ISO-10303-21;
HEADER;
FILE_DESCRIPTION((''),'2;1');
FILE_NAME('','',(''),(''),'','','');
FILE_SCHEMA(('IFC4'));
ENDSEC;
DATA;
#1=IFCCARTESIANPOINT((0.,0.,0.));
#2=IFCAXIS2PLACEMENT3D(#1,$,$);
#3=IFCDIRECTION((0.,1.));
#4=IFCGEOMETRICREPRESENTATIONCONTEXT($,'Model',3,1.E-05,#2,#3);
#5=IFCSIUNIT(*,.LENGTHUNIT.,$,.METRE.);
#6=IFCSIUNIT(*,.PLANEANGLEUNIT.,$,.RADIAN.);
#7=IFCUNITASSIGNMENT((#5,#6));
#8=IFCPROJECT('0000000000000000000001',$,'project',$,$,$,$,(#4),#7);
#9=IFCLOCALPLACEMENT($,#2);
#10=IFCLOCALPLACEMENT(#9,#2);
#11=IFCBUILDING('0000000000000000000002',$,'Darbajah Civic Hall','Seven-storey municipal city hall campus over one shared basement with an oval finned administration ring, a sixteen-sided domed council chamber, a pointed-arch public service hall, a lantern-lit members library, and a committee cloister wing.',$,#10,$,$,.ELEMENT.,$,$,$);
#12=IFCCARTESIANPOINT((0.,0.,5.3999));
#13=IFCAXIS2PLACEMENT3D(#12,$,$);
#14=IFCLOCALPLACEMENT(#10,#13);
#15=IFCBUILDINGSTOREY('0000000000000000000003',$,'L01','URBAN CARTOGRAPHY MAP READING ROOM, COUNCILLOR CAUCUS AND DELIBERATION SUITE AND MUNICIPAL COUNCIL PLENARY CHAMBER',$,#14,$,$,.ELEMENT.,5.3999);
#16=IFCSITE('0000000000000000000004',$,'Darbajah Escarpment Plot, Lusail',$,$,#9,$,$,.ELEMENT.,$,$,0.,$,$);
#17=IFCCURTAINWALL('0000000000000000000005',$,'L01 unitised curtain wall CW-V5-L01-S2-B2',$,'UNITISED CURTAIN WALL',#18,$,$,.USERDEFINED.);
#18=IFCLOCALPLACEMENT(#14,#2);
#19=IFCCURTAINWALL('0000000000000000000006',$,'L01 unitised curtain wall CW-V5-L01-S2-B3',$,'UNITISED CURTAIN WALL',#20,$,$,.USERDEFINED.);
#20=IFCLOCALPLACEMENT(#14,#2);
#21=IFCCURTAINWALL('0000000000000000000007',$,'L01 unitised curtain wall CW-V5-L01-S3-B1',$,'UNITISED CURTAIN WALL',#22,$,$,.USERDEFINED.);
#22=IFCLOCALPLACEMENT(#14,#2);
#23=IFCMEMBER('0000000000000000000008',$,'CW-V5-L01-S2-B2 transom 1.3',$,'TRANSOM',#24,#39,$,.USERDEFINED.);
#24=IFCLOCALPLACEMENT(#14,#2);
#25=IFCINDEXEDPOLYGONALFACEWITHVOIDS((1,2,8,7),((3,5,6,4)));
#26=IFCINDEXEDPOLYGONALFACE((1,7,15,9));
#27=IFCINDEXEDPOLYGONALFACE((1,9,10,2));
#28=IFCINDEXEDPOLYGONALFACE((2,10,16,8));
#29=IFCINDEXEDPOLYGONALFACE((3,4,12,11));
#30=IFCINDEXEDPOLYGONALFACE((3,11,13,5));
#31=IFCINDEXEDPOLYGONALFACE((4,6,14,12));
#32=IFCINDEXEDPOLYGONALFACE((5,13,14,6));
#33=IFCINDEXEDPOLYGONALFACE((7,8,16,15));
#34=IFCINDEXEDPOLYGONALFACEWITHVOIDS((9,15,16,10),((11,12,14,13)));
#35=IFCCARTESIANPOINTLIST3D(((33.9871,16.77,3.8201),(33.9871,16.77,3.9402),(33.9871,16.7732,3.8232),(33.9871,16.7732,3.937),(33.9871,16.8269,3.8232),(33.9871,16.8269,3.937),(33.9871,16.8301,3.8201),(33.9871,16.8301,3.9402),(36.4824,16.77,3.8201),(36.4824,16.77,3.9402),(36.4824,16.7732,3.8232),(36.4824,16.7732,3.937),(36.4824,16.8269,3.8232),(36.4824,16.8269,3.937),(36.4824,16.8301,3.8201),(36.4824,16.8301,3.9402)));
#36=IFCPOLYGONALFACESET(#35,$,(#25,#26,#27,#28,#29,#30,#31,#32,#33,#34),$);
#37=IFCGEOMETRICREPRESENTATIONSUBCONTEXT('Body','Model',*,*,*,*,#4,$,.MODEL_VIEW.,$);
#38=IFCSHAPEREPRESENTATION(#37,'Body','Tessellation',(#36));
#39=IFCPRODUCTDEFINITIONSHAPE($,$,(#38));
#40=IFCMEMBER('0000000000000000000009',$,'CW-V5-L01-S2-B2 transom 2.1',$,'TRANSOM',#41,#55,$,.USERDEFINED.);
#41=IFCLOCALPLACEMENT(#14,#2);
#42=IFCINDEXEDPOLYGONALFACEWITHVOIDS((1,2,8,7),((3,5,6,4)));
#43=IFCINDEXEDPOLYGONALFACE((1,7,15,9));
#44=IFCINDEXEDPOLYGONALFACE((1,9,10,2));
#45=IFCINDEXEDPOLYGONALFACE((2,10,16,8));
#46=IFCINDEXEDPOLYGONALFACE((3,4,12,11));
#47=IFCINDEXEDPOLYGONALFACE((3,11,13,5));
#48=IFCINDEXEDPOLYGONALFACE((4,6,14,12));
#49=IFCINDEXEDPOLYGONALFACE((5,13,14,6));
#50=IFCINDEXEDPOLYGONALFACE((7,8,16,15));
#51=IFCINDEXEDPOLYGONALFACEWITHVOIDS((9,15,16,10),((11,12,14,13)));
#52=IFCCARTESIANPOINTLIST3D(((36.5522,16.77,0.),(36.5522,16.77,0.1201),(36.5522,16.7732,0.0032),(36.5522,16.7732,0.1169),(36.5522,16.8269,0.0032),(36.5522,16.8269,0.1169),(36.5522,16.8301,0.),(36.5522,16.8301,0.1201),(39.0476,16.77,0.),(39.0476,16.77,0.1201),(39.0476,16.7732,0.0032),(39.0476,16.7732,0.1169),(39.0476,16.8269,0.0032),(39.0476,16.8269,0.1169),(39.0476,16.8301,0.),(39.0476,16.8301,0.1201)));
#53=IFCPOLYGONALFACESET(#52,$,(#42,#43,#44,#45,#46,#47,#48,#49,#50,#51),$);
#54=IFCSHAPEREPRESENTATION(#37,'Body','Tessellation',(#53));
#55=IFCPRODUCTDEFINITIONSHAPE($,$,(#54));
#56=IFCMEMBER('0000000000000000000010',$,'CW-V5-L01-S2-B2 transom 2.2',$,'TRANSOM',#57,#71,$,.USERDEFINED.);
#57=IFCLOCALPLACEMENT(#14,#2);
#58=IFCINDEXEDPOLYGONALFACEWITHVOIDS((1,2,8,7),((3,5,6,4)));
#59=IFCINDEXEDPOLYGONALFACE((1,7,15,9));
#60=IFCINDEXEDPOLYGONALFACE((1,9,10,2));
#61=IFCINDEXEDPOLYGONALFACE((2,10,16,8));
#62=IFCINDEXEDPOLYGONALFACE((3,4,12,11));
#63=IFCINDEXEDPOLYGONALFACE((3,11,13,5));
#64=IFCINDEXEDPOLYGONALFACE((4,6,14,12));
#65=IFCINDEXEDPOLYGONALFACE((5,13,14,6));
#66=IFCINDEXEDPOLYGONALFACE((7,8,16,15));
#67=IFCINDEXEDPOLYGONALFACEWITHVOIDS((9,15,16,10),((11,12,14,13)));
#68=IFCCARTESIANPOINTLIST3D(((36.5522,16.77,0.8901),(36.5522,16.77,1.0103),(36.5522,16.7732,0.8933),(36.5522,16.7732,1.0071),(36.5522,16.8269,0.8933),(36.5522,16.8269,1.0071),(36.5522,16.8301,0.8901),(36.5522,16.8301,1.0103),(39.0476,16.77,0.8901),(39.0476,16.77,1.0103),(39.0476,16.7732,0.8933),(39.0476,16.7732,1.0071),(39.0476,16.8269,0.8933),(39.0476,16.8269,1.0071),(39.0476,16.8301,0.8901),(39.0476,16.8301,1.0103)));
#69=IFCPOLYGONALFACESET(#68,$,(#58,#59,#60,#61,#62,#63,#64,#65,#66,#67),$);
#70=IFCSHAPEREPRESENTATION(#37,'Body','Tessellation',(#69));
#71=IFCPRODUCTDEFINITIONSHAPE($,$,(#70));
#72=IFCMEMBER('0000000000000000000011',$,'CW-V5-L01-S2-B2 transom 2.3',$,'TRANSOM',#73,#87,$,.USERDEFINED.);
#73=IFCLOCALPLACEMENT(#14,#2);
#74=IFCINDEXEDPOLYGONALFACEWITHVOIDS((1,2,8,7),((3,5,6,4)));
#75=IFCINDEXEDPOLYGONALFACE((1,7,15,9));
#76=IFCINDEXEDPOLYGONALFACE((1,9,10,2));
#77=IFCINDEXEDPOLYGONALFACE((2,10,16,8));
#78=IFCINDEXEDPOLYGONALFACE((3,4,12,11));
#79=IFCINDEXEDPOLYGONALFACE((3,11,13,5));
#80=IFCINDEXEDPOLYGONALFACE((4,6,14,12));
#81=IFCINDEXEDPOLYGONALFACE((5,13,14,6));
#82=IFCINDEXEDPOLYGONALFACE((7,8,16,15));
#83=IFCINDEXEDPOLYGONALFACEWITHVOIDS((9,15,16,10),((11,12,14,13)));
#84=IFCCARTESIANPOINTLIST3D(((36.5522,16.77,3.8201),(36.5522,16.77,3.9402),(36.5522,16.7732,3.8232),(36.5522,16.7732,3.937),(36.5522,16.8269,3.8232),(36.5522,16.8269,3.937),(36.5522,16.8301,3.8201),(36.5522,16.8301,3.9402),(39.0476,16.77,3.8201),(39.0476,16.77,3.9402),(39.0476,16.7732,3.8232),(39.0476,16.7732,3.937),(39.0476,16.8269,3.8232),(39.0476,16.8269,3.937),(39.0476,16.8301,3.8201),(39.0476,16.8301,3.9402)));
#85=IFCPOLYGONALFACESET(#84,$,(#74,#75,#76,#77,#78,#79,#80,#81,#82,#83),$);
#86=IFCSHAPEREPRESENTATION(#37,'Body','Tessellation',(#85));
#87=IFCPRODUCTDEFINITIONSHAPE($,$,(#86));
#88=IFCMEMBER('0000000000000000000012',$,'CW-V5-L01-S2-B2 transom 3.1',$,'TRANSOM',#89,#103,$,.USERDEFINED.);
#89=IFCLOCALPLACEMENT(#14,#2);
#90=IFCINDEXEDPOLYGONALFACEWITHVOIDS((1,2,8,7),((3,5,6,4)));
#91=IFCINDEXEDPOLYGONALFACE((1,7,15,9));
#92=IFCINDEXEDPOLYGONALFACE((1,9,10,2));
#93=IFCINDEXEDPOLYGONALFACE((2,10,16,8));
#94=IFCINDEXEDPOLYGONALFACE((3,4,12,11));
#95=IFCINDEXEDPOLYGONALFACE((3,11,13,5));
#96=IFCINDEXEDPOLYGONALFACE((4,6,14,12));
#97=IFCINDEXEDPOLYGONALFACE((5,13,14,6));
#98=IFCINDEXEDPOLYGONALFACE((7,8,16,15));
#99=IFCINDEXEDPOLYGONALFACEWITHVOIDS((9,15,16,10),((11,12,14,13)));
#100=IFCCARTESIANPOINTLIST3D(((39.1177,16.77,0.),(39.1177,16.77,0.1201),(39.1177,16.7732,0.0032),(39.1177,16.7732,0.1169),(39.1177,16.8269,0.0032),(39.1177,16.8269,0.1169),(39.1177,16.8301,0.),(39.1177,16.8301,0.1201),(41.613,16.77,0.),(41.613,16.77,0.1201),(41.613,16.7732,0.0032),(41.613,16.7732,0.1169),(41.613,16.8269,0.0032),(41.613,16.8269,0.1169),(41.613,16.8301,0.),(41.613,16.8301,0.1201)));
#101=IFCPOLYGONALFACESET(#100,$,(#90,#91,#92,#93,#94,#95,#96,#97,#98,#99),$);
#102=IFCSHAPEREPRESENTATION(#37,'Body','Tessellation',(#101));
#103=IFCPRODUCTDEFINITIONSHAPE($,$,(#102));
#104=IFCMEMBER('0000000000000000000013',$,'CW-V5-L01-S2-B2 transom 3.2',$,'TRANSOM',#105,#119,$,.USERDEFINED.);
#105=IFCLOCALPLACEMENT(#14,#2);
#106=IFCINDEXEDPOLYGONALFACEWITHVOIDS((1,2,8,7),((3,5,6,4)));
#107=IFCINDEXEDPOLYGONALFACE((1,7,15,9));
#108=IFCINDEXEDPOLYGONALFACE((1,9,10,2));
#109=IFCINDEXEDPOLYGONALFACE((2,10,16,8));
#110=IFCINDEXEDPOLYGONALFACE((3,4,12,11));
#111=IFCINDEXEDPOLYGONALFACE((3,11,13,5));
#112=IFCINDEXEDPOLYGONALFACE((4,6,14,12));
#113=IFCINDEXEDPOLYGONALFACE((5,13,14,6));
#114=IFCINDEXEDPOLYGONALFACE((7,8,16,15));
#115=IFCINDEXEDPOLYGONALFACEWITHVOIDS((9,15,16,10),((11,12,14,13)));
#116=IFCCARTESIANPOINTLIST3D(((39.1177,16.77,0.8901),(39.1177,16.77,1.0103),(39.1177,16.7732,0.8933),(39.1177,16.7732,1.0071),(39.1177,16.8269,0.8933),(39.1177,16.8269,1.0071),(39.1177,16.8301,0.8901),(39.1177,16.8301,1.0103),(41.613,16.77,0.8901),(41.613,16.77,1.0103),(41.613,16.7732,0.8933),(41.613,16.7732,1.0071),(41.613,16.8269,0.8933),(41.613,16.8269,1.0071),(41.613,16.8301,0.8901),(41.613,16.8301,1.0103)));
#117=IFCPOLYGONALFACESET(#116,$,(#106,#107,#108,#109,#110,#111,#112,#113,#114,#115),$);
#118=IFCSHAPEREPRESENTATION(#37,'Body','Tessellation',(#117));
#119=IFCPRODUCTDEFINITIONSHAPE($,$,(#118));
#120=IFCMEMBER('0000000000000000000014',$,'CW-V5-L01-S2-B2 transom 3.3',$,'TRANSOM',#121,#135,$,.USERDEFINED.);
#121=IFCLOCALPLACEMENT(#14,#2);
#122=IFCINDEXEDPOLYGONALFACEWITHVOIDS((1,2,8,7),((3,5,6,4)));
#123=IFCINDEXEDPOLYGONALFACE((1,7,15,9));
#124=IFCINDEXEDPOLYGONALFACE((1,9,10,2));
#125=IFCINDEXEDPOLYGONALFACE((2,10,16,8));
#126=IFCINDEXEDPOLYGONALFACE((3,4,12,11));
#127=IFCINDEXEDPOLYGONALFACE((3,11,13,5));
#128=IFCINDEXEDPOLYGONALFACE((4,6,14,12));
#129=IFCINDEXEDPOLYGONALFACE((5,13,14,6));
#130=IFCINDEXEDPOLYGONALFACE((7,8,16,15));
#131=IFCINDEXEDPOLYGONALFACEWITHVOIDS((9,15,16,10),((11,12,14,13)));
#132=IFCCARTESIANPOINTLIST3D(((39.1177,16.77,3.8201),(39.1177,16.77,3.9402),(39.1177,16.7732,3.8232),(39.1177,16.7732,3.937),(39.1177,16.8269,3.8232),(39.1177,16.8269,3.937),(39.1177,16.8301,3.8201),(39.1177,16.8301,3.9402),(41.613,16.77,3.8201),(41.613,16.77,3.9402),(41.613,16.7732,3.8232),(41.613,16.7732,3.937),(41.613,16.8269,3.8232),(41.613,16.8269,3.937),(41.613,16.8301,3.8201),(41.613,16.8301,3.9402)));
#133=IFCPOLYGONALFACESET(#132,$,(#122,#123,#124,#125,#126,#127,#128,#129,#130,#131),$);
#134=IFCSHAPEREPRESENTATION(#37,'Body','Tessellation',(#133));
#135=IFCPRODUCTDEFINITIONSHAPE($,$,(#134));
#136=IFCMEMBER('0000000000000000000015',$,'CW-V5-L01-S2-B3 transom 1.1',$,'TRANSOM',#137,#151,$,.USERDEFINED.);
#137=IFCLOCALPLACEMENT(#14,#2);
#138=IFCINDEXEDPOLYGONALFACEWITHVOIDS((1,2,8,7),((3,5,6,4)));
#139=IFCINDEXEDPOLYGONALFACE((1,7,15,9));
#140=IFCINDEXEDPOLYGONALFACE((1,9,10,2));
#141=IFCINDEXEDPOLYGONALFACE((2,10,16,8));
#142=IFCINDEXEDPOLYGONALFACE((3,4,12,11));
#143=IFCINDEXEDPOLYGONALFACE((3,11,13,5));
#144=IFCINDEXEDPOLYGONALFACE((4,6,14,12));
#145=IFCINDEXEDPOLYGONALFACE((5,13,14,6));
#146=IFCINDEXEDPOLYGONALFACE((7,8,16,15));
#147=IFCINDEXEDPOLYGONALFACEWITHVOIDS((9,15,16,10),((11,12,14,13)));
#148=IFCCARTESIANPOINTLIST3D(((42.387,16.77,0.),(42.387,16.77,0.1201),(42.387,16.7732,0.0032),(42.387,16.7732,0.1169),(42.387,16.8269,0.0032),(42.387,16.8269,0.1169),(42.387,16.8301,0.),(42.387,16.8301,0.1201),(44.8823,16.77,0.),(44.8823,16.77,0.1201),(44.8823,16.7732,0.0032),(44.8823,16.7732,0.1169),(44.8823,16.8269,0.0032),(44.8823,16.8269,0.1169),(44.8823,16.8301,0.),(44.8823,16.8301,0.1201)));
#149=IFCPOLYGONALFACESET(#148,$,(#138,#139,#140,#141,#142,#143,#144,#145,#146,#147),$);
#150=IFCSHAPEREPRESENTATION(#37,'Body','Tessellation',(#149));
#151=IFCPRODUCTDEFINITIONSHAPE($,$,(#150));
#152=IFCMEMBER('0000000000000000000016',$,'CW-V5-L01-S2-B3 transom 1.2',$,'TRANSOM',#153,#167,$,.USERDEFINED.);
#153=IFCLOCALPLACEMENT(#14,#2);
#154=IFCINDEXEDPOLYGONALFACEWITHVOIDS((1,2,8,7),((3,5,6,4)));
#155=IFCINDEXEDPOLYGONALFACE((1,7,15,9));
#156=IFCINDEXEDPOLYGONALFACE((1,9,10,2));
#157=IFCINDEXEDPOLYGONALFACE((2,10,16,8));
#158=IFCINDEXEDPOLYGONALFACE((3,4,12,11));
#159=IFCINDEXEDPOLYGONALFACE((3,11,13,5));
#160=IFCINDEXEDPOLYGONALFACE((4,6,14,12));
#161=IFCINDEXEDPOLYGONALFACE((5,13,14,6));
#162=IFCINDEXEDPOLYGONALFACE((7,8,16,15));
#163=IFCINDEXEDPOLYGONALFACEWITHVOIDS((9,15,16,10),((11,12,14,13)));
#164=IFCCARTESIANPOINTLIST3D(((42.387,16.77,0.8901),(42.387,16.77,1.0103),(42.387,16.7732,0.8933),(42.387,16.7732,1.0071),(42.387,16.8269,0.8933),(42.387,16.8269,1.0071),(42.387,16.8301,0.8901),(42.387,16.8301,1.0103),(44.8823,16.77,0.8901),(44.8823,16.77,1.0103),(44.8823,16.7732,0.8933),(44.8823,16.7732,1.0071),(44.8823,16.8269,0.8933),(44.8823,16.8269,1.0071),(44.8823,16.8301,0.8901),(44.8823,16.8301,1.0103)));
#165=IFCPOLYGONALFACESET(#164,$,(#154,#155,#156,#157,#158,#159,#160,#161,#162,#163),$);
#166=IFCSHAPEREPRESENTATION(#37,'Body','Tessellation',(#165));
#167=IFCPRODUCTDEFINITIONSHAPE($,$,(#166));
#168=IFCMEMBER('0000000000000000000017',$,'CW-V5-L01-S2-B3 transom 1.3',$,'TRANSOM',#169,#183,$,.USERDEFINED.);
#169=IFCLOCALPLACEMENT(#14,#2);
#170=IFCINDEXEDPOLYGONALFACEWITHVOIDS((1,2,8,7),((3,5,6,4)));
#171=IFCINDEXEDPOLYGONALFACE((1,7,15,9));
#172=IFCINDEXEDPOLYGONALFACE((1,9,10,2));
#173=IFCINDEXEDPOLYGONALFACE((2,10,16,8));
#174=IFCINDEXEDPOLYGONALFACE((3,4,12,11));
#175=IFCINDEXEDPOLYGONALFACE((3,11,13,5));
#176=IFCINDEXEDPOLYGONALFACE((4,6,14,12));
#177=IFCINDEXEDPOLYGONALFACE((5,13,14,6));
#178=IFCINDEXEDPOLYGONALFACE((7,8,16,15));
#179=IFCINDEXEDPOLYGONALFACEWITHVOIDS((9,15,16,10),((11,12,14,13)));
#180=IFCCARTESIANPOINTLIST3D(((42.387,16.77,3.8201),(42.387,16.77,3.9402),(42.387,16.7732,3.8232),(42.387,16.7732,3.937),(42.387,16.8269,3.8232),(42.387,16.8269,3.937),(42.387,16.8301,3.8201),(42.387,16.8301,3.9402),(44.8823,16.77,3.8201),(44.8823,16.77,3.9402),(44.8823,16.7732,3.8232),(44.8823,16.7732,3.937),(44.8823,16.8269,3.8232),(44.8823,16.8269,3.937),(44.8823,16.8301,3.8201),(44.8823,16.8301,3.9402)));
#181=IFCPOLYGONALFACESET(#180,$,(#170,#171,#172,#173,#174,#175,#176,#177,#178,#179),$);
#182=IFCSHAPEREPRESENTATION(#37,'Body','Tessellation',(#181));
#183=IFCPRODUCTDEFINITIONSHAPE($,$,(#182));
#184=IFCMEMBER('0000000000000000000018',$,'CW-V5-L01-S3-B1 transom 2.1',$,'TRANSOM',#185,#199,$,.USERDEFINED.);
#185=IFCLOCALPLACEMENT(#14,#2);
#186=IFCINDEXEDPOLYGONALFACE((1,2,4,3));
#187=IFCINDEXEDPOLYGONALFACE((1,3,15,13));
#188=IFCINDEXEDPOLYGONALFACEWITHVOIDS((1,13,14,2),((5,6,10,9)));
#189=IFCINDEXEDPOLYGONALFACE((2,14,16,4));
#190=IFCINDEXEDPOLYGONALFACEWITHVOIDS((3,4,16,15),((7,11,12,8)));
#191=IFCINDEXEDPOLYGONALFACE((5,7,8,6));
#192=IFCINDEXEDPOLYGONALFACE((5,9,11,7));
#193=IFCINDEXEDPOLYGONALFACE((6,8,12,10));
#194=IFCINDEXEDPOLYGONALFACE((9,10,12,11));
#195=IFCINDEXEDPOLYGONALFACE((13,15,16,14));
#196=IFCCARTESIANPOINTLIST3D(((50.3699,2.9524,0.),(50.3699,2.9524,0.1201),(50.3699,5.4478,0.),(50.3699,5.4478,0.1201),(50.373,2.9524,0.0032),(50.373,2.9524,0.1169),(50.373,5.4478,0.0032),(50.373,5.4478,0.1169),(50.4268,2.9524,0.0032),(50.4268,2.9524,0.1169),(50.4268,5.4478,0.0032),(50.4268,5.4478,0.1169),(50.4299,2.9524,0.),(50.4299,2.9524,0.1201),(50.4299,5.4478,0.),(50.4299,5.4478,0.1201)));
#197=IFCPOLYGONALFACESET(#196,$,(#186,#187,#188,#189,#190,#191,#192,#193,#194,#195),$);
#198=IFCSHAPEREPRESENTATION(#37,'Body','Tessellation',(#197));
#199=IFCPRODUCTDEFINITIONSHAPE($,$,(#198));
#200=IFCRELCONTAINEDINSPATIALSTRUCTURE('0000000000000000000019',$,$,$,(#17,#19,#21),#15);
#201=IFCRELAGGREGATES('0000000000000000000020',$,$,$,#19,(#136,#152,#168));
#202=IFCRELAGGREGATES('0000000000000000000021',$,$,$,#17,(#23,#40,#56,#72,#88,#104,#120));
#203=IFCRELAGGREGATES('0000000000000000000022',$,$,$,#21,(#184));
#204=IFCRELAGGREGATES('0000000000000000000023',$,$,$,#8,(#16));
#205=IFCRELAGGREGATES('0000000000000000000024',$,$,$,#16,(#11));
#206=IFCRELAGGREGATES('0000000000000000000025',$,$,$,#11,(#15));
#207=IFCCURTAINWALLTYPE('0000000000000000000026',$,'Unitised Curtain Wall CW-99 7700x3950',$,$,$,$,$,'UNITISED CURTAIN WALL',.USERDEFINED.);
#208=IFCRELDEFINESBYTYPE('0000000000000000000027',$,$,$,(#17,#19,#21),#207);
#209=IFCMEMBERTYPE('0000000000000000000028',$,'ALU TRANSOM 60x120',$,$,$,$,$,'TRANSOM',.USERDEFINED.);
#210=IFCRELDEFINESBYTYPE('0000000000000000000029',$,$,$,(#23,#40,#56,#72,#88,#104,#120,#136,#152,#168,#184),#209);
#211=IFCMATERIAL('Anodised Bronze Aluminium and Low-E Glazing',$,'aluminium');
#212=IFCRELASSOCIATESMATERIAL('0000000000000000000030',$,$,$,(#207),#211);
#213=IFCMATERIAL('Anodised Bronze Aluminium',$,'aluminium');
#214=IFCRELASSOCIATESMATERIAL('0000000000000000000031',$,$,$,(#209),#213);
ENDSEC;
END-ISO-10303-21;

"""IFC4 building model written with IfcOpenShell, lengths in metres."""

from ifc_helpers import new_model, si_unit, direction, frame, origin, origin_2d, place, context, subcontext, project, spatial, hollow_rectangle, extrude, material, material_profile, profile_set, type_object, element, aggregate, save


model = new_model("IFC4")

# Units and contexts
model_context = context("Model", 3, precision=1e-05, world=origin(), true_north=direction((0.0, 1.0)))
body_context = subcontext(model_context, "Body", "Model", "MODEL_VIEW")
ifc_project = project(units=[si_unit("LENGTHUNIT", "METRE"), si_unit("PLANEANGLEUNIT", "RADIAN")], contexts=[model_context])

# Site, building, storey
site_placement = place(None, origin())
site = spatial("IfcSite", under=ifc_project, at=site_placement, Name="Darbajah Escarpment Plot, Lusail", CompositionType="ELEMENT", RefElevation=0.0)
building_placement = place(site_placement, origin())
building = spatial("IfcBuilding", under=site, at=building_placement, Name="Darbajah Civic Hall", Description="Seven-storey municipal city hall campus over one shared basement with an oval finned administration ring, a sixteen-sided domed council chamber, a pointed-arch public service hall, a lantern-lit members library, and a committee cloister wing.", CompositionType="ELEMENT")
storey_placement = place(building_placement, frame((0.0, 0.0, 5.3999)))
storey = spatial("IfcBuildingStorey", under=building, at=storey_placement, Name="L01", Description="URBAN CARTOGRAPHY MAP READING ROOM, COUNCILLOR CAUCUS AND DELIBERATION SUITE AND MUNICIPAL COUNCIL PLENARY CHAMBER", CompositionType="ELEMENT", Elevation=5.3999)

# Curtain wall
ifc_material_1 = material(Name="Anodised Bronze Aluminium and Low-E Glazing", Category="aluminium")
curtain_wall_type = type_object("IfcCurtainWallType", Name="Unitised Curtain Wall CW-99 7700x3950", ElementType="UNITISED CURTAIN WALL", PredefinedType="USERDEFINED", material=ifc_material_1)
curtain_wall_1_placement = place(storey_placement, origin())
curtain_wall_1 = element("IfcCurtainWall", 1, at=curtain_wall_1_placement, inside=storey, type_object=curtain_wall_type, Name="L01 unitised curtain wall CW-V5-L01-S2-B2", ObjectType="UNITISED CURTAIN WALL", PredefinedType="USERDEFINED")
ifc_material_2 = material(Name="Anodised Bronze Aluminium", Category="aluminium")

# Curtain wall
curtain_wall_2_placement = place(storey_placement, origin())
curtain_wall_2 = element("IfcCurtainWall", 2, at=curtain_wall_2_placement, inside=storey, type_object=curtain_wall_type, Name="L01 unitised curtain wall CW-V5-L01-S2-B3", ObjectType="UNITISED CURTAIN WALL", PredefinedType="USERDEFINED")

# Curtain wall
curtain_wall_3_placement = place(storey_placement, origin())
curtain_wall_3 = element("IfcCurtainWall", 3, at=curtain_wall_3_placement, inside=storey, type_object=curtain_wall_type, Name="L01 unitised curtain wall CW-V5-L01-S3-B1", ObjectType="UNITISED CURTAIN WALL", PredefinedType="USERDEFINED")

# Members
ifc_material_profile_1 = material_profile(ifc_material_2, hollow_rectangle(XDim=0.0601, YDim=0.1201, WallThickness=0.0032, at=origin_2d()), Name="ALU TRANSOM 60x120")
ifc_profile_set_1 = profile_set([ifc_material_profile_1], Name="Anodised Bronze Aluminium")
member_type_1 = type_object("IfcMemberType", Name="ALU TRANSOM 60x120", ElementType="TRANSOM", PredefinedType="USERDEFINED", material=ifc_profile_set_1)
member_1_placement = place(storey_placement, frame((33.9871, 16.8, 3.8801), z_axis=(1.0, 0.0, 0.0), x_axis=(0.0, 1.0, 0.0)))
member_1 = element("IfcMember", 4, at=member_1_placement, type_object=member_type_1, Name="CW-V5-L01-S2-B2 transom 1.3", ObjectType="TRANSOM", PredefinedType="USERDEFINED", context=body_context, shape_type="SweptSolid", body=[
    extrude(hollow_rectangle(XDim=0.0601, YDim=0.1201, WallThickness=0.0032, at=origin_2d()), origin(), (0.0, 0.0, 1.0), 2.4954),
])
member_2_placement = place(storey_placement, frame((36.5522, 16.8, 0.0601), z_axis=(1.0, 0.0, 0.0), x_axis=(0.0, 1.0, 0.0)))
member_2 = element("IfcMember", 5, at=member_2_placement, type_object=member_type_1, Name="CW-V5-L01-S2-B2 transom 2.1", ObjectType="TRANSOM", PredefinedType="USERDEFINED", context=body_context, shape_type="SweptSolid", body=[
    extrude(hollow_rectangle(XDim=0.0601, YDim=0.1201, WallThickness=0.0032, at=origin_2d()), origin(), (0.0, 0.0, 1.0), 2.4954),
])
member_3_placement = place(storey_placement, frame((36.5522, 16.8, 0.9502), z_axis=(1.0, 0.0, 0.0), x_axis=(0.0, 1.0, 0.0)))
member_3 = element("IfcMember", 6, at=member_3_placement, type_object=member_type_1, Name="CW-V5-L01-S2-B2 transom 2.2", ObjectType="TRANSOM", PredefinedType="USERDEFINED", context=body_context, shape_type="SweptSolid", body=[
    extrude(hollow_rectangle(XDim=0.0601, YDim=0.1201, WallThickness=0.0032, at=origin_2d()), origin(), (0.0, 0.0, 1.0), 2.4954),
])
member_4_placement = place(storey_placement, frame((36.5522, 16.8, 3.8801), z_axis=(1.0, 0.0, 0.0), x_axis=(0.0, 1.0, 0.0)))
member_4 = element("IfcMember", 7, at=member_4_placement, type_object=member_type_1, Name="CW-V5-L01-S2-B2 transom 2.3", ObjectType="TRANSOM", PredefinedType="USERDEFINED", context=body_context, shape_type="SweptSolid", body=[
    extrude(hollow_rectangle(XDim=0.0601, YDim=0.1201, WallThickness=0.0032, at=origin_2d()), origin(), (0.0, 0.0, 1.0), 2.4954),
])
member_5_placement = place(storey_placement, frame((39.1177, 16.8, 0.0601), z_axis=(1.0, 0.0, 0.0), x_axis=(0.0, 1.0, 0.0)))
member_5 = element("IfcMember", 8, at=member_5_placement, type_object=member_type_1, Name="CW-V5-L01-S2-B2 transom 3.1", ObjectType="TRANSOM", PredefinedType="USERDEFINED", context=body_context, shape_type="SweptSolid", body=[
    extrude(hollow_rectangle(XDim=0.0601, YDim=0.1201, WallThickness=0.0032, at=origin_2d()), origin(), (0.0, 0.0, 1.0), 2.4954),
])
member_6_placement = place(storey_placement, frame((39.1177, 16.8, 0.9502), z_axis=(1.0, 0.0, 0.0), x_axis=(0.0, 1.0, 0.0)))
member_6 = element("IfcMember", 9, at=member_6_placement, type_object=member_type_1, Name="CW-V5-L01-S2-B2 transom 3.2", ObjectType="TRANSOM", PredefinedType="USERDEFINED", context=body_context, shape_type="SweptSolid", body=[
    extrude(hollow_rectangle(XDim=0.0601, YDim=0.1201, WallThickness=0.0032, at=origin_2d()), origin(), (0.0, 0.0, 1.0), 2.4954),
])
member_7_placement = place(storey_placement, frame((39.1177, 16.8, 3.8801), z_axis=(1.0, 0.0, 0.0), x_axis=(0.0, 1.0, 0.0)))
member_7 = element("IfcMember", 10, at=member_7_placement, type_object=member_type_1, Name="CW-V5-L01-S2-B2 transom 3.3", ObjectType="TRANSOM", PredefinedType="USERDEFINED", context=body_context, shape_type="SweptSolid", body=[
    extrude(hollow_rectangle(XDim=0.0601, YDim=0.1201, WallThickness=0.0032, at=origin_2d()), origin(), (0.0, 0.0, 1.0), 2.4954),
])
member_8_placement = place(storey_placement, frame((42.387, 16.8, 0.0601), z_axis=(1.0, 0.0, 0.0), x_axis=(0.0, 1.0, 0.0)))
member_8 = element("IfcMember", 11, at=member_8_placement, type_object=member_type_1, Name="CW-V5-L01-S2-B3 transom 1.1", ObjectType="TRANSOM", PredefinedType="USERDEFINED", context=body_context, shape_type="SweptSolid", body=[
    extrude(hollow_rectangle(XDim=0.0601, YDim=0.1201, WallThickness=0.0032, at=origin_2d()), origin(), (0.0, 0.0, 1.0), 2.4954),
])
member_9_placement = place(storey_placement, frame((42.387, 16.8, 0.9502), z_axis=(1.0, 0.0, 0.0), x_axis=(0.0, 1.0, 0.0)))
member_9 = element("IfcMember", 12, at=member_9_placement, type_object=member_type_1, Name="CW-V5-L01-S2-B3 transom 1.2", ObjectType="TRANSOM", PredefinedType="USERDEFINED", context=body_context, shape_type="SweptSolid", body=[
    extrude(hollow_rectangle(XDim=0.0601, YDim=0.1201, WallThickness=0.0032, at=origin_2d()), origin(), (0.0, 0.0, 1.0), 2.4954),
])
member_10_placement = place(storey_placement, frame((42.387, 16.8, 3.8801), z_axis=(1.0, 0.0, 0.0), x_axis=(0.0, 1.0, 0.0)))
member_10 = element("IfcMember", 13, at=member_10_placement, type_object=member_type_1, Name="CW-V5-L01-S2-B3 transom 1.3", ObjectType="TRANSOM", PredefinedType="USERDEFINED", context=body_context, shape_type="SweptSolid", body=[
    extrude(hollow_rectangle(XDim=0.0601, YDim=0.1201, WallThickness=0.0032, at=origin_2d()), origin(), (0.0, 0.0, 1.0), 2.4954),
])
aggregate(curtain_wall_2, [member_8, member_9, member_10])
member_11_placement = place(storey_placement, frame((50.3999, 5.4478, 0.0601), z_axis=(0.0, -1.0, 0.0), x_axis=(1.0, 0.0, 0.0)))
member_11 = element("IfcMember", 14, at=member_11_placement, type_object=member_type_1, Name="CW-V5-L01-S3-B1 transom 2.1", ObjectType="TRANSOM", PredefinedType="USERDEFINED", context=body_context, shape_type="SweptSolid", body=[
    extrude(hollow_rectangle(XDim=0.0601, YDim=0.1201, WallThickness=0.0032, at=origin_2d()), origin(), (0.0, 0.0, 1.0), 2.4954),
])

aggregate(curtain_wall_1, [member_1, member_2, member_3, member_4, member_5, member_6, member_7])
aggregate(curtain_wall_3, [member_11])

save(model, "model.ifc")
